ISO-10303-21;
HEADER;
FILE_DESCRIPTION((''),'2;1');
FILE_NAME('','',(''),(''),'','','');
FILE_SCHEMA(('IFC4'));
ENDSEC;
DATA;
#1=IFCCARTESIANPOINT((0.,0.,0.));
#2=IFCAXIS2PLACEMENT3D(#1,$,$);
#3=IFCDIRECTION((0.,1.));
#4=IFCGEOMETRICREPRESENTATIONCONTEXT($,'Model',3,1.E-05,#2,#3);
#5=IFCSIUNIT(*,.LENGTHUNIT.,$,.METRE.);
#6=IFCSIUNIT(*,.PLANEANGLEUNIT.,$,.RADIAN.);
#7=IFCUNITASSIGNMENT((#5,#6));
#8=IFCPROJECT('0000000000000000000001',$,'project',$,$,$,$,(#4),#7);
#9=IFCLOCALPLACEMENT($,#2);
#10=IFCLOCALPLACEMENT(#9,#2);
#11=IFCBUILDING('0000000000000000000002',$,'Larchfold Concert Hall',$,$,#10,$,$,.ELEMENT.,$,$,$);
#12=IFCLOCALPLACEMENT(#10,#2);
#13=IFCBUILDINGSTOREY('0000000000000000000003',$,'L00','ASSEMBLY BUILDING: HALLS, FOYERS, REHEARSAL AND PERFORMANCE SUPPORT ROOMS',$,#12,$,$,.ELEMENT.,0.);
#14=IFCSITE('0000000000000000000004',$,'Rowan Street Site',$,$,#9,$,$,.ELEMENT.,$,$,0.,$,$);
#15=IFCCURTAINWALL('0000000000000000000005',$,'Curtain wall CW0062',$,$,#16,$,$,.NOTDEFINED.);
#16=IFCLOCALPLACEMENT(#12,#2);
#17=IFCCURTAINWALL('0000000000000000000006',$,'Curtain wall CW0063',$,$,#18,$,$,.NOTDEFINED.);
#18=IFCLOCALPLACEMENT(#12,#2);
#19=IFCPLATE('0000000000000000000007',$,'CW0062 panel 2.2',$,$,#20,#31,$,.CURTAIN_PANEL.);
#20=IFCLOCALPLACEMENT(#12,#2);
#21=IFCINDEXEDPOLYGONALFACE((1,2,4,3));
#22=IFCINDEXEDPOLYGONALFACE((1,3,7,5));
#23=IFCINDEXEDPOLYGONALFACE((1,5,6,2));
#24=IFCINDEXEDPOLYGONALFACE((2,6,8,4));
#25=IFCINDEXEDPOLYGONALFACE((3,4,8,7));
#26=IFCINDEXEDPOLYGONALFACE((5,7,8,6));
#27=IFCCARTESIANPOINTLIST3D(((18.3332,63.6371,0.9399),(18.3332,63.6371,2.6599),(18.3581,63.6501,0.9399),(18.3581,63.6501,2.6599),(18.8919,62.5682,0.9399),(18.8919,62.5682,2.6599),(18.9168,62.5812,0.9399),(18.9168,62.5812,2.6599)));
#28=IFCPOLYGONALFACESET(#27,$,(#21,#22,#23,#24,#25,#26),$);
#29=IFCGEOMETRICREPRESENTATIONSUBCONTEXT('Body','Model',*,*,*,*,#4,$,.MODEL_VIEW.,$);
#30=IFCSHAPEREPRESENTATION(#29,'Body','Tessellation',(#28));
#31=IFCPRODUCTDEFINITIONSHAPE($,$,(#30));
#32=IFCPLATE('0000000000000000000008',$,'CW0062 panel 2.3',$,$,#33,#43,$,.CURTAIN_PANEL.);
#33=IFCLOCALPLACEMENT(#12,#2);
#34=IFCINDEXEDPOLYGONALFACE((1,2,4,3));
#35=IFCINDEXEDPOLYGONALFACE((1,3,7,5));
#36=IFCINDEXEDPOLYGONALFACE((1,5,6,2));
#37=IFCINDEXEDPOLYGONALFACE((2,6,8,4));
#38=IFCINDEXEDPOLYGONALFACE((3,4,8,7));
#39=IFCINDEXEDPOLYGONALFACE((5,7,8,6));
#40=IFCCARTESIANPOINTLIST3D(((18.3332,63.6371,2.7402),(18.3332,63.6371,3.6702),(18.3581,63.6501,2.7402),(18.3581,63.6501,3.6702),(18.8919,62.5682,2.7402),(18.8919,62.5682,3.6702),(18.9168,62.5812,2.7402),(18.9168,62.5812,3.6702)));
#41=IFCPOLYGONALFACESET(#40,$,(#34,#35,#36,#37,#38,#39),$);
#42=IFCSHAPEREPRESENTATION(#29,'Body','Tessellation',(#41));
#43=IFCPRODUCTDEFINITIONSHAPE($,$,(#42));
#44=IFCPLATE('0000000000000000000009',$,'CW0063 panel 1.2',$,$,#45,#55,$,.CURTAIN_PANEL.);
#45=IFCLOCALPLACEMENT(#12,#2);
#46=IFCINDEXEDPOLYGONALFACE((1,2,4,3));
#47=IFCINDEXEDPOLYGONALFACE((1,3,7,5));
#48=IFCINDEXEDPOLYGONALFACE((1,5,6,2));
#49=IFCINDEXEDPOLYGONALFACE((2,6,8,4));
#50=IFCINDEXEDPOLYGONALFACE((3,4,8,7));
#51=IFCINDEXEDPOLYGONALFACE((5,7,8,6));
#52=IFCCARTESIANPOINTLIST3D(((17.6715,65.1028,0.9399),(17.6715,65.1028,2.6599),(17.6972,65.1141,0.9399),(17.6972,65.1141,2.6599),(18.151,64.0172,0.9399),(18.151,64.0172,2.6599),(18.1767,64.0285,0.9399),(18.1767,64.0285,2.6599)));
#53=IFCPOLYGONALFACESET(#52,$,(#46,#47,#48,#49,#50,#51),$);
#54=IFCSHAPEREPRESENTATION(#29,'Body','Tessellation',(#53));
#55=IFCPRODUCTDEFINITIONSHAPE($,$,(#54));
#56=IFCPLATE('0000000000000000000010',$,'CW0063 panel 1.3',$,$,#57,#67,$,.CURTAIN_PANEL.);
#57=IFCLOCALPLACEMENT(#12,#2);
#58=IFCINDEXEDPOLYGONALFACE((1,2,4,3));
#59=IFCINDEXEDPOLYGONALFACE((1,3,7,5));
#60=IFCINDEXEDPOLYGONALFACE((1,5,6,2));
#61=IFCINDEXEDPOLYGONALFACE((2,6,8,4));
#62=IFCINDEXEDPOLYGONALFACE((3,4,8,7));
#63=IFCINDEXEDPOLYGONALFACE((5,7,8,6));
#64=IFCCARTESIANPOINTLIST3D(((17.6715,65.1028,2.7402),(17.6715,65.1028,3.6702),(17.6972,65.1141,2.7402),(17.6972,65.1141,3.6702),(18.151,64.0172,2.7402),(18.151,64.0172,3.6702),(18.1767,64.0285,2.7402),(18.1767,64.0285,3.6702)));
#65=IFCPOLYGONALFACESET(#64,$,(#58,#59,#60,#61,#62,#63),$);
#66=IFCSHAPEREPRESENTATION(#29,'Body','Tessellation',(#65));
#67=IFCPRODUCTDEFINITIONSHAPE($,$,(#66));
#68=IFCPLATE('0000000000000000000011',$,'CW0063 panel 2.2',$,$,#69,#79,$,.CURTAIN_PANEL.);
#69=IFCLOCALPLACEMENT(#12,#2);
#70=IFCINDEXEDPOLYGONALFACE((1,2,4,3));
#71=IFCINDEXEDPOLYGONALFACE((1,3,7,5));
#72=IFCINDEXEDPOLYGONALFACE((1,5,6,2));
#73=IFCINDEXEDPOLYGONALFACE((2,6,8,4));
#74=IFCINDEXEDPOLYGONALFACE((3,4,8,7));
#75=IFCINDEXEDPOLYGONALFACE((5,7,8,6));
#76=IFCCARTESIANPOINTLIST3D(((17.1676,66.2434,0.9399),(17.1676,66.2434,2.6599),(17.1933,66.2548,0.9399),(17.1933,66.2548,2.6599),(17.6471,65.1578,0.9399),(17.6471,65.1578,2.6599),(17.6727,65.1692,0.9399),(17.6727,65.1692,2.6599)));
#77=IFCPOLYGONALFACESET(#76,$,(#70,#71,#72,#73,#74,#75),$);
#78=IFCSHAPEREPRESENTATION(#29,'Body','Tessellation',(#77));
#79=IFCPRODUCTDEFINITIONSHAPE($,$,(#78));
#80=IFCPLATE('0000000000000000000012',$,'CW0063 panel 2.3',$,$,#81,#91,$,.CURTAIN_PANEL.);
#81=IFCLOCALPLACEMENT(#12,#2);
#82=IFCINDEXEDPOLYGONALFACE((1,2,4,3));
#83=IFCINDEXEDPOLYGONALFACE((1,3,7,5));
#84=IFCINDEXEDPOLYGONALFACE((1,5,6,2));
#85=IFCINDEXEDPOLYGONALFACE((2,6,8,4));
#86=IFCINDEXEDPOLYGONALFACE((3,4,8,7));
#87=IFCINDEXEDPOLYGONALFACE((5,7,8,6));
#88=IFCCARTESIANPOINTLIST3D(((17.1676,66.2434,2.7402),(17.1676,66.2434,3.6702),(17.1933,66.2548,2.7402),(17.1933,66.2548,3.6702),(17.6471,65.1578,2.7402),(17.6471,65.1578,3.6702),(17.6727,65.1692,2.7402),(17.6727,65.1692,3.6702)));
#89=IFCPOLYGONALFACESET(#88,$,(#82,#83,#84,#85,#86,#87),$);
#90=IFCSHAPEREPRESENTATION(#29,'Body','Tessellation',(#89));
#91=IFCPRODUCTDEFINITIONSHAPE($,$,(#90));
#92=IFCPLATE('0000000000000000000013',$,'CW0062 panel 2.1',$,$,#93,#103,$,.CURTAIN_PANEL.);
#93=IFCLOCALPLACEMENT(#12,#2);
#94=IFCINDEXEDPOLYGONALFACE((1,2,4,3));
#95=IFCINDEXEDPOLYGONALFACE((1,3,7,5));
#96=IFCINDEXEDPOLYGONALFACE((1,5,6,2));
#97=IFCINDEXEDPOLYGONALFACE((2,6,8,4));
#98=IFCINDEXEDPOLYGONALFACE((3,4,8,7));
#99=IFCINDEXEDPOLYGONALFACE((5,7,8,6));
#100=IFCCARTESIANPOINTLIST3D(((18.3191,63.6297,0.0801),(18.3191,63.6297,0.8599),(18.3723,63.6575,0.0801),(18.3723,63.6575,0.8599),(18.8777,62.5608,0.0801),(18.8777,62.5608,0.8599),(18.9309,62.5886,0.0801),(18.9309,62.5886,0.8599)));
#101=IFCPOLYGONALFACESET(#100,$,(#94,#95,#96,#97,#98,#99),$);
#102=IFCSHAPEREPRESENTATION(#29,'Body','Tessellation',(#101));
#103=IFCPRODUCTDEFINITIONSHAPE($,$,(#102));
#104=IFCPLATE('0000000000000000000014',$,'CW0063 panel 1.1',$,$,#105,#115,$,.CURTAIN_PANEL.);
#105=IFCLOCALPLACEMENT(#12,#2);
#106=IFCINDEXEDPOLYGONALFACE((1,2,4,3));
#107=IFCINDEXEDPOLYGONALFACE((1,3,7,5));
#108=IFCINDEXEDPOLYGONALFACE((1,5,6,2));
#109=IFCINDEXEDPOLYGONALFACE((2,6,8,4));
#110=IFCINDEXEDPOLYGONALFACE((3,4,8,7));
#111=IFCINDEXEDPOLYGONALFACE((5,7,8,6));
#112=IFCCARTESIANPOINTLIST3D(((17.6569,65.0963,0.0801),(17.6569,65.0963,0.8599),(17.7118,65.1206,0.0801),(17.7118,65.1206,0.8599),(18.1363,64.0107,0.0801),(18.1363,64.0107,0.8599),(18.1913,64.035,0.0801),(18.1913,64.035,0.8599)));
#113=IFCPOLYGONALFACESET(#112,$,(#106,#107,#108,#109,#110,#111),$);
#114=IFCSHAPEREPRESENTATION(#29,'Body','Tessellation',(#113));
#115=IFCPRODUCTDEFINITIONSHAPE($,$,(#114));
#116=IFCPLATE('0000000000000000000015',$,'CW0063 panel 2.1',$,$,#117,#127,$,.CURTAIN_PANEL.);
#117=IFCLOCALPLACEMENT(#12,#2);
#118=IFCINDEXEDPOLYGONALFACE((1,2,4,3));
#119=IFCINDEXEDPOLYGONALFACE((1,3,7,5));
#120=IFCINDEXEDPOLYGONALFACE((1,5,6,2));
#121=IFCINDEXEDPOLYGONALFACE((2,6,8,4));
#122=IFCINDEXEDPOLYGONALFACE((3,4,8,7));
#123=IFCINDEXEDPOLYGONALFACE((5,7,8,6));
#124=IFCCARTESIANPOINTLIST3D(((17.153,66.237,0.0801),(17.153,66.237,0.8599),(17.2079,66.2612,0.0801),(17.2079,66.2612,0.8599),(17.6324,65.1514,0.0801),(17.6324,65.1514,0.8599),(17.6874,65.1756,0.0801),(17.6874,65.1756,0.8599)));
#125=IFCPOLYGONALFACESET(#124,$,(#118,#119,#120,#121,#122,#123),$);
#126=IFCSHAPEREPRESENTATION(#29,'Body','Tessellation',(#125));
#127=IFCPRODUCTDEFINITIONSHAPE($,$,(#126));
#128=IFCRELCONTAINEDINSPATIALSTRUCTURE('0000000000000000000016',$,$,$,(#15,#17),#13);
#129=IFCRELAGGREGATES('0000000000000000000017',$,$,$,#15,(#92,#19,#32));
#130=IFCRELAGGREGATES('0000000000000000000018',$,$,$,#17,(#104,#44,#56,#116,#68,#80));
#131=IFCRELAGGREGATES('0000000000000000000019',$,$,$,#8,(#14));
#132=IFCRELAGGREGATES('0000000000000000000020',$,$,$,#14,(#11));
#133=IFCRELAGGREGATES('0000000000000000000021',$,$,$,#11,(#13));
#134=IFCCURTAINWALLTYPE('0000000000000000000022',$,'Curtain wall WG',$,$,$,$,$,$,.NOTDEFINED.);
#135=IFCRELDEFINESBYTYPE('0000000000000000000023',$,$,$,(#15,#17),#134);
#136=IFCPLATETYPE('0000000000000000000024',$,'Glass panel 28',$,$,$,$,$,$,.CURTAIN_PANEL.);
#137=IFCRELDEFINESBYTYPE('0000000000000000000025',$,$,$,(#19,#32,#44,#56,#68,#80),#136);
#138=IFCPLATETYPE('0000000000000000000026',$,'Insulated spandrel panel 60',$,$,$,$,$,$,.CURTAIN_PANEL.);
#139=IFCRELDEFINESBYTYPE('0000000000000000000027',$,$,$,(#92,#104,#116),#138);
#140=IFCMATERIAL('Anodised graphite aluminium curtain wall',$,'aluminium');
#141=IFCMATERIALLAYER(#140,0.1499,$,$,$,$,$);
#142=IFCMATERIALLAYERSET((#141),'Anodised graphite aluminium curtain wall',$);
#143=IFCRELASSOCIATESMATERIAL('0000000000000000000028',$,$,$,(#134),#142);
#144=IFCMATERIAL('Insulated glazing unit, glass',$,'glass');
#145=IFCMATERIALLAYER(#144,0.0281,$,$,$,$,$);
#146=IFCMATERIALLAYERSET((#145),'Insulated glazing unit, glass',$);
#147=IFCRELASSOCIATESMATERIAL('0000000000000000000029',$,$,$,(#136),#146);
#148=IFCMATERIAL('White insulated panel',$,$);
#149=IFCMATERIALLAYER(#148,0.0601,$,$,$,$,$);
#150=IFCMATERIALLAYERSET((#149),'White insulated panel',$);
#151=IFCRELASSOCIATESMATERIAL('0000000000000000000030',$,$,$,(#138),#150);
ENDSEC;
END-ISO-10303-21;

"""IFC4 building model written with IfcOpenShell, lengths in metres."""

from ifc_helpers import new_model, si_unit, direction, frame, origin, origin_2d, place, context, subcontext, project, spatial, rectangle, extrude, material, layer, layer_set, type_object, element, aggregate, save


model = new_model("IFC4")

# Units and contexts
model_context = context("Model", 3, precision=1e-05, world=origin(), true_north=direction((0.0, 1.0)))
body_context = subcontext(model_context, "Body", "Model", "MODEL_VIEW")
ifc_project = project(units=[si_unit("LENGTHUNIT", "METRE"), si_unit("PLANEANGLEUNIT", "RADIAN")], contexts=[model_context])

# Site, building, storey
site_placement = place(None, origin())
site = spatial("IfcSite", under=ifc_project, at=site_placement, Name="Rowan Street Site", CompositionType="ELEMENT", RefElevation=0.0)
building_placement = place(site_placement, origin())
building = spatial("IfcBuilding", under=site, at=building_placement, Name="Larchfold Concert Hall", CompositionType="ELEMENT")
storey_placement = place(building_placement, origin())
storey = spatial("IfcBuildingStorey", under=building, at=storey_placement, Name="L00", Description="ASSEMBLY BUILDING: HALLS, FOYERS, REHEARSAL AND PERFORMANCE SUPPORT ROOMS", CompositionType="ELEMENT", Elevation=0.0)

# Curtain wall
ifc_material_1 = material(Name="Anodised graphite aluminium curtain wall", Category="aluminium")
ifc_layer_1 = layer(ifc_material_1, 0.1499)
ifc_layer_set_1 = layer_set([ifc_layer_1], Name="Anodised graphite aluminium curtain wall")
curtain_wall_type = type_object("IfcCurtainWallType", Name="Curtain wall WG", PredefinedType="NOTDEFINED", material=ifc_layer_set_1)
curtain_wall_1_placement = place(storey_placement, origin())
curtain_wall_1 = element("IfcCurtainWall", 1, at=curtain_wall_1_placement, inside=storey, type_object=curtain_wall_type, Name="Curtain wall CW0062", PredefinedType="NOTDEFINED")

# Curtain wall
curtain_wall_2_placement = place(storey_placement, origin())
curtain_wall_2 = element("IfcCurtainWall", 2, at=curtain_wall_2_placement, inside=storey, type_object=curtain_wall_type, Name="Curtain wall CW0063", PredefinedType="NOTDEFINED")

# Plates
ifc_material_2 = material(Name="Insulated glazing unit, glass", Category="glass")
ifc_layer_2 = layer(ifc_material_2, 0.0281)
ifc_layer_set_2 = layer_set([ifc_layer_2], Name="Insulated glazing unit, glass")
plate_type_1 = type_object("IfcPlateType", Name="Glass panel 28", PredefinedType="CURTAIN_PANEL", material=ifc_layer_set_2)
plate_1_placement = place(storey_placement, frame((18.625, 63.1091, 0.9399), z_axis=(0.0, 0.0, 1.0), x_axis=(-0.46319, 0.886259, 0.0)))
plate_1 = element("IfcPlate", 3, at=plate_1_placement, type_object=plate_type_1, Name="CW0062 panel 2.2", PredefinedType="CURTAIN_PANEL", context=body_context, shape_type="SweptSolid", body=[
    extrude(rectangle(XDim=1.2061, YDim=0.0281, at=origin_2d()), origin(), (0.0, 0.0, 1.0), 1.72),
])
plate_2_placement = place(storey_placement, frame((18.625, 63.1091, 2.7402), z_axis=(0.0, 0.0, 1.0), x_axis=(-0.46319, 0.886259, 0.0)))
plate_2 = element("IfcPlate", 4, at=plate_2_placement, type_object=plate_type_1, Name="CW0062 panel 2.3", PredefinedType="CURTAIN_PANEL", context=body_context, shape_type="SweptSolid", body=[
    extrude(rectangle(XDim=1.2061, YDim=0.0281, at=origin_2d()), origin(), (0.0, 0.0, 1.0), 0.9299),
])
plate_3_placement = place(storey_placement, frame((17.9241, 64.5657, 0.9399), z_axis=(0.0, 0.0, 1.0), x_axis=(-0.404026, 0.914747, 0.0)))
plate_3 = element("IfcPlate", 5, at=plate_3_placement, type_object=plate_type_1, Name="CW0063 panel 1.2", PredefinedType="CURTAIN_PANEL", context=body_context, shape_type="SweptSolid", body=[
    extrude(rectangle(XDim=1.1868, YDim=0.0281, at=origin_2d()), origin(), (0.0, 0.0, 1.0), 1.72),
])
plate_4_placement = place(storey_placement, frame((17.9241, 64.5657, 2.7402), z_axis=(0.0, 0.0, 1.0), x_axis=(-0.404026, 0.914747, 0.0)))
plate_4 = element("IfcPlate", 6, at=plate_4_placement, type_object=plate_type_1, Name="CW0063 panel 1.3", PredefinedType="CURTAIN_PANEL", context=body_context, shape_type="SweptSolid", body=[
    extrude(rectangle(XDim=1.1868, YDim=0.0281, at=origin_2d()), origin(), (0.0, 0.0, 1.0), 0.9299),
])
plate_5_placement = place(storey_placement, frame((17.4202, 65.7063, 0.9399), z_axis=(0.0, 0.0, 1.0), x_axis=(-0.404026, 0.914747, 0.0)))
plate_5 = element("IfcPlate", 7, at=plate_5_placement, type_object=plate_type_1, Name="CW0063 panel 2.2", PredefinedType="CURTAIN_PANEL", context=body_context, shape_type="SweptSolid", body=[
    extrude(rectangle(XDim=1.1868, YDim=0.0281, at=origin_2d()), origin(), (0.0, 0.0, 1.0), 1.72),
])
plate_6_placement = place(storey_placement, frame((17.4202, 65.7063, 2.7402), z_axis=(0.0, 0.0, 1.0), x_axis=(-0.404026, 0.914747, 0.0)))
plate_6 = element("IfcPlate", 8, at=plate_6_placement, type_object=plate_type_1, Name="CW0063 panel 2.3", PredefinedType="CURTAIN_PANEL", context=body_context, shape_type="SweptSolid", body=[
    extrude(rectangle(XDim=1.1868, YDim=0.0281, at=origin_2d()), origin(), (0.0, 0.0, 1.0), 0.9299),
])
ifc_material_3 = material(Name="White insulated panel")
ifc_layer_3 = layer(ifc_material_3, 0.0601)
ifc_layer_set_3 = layer_set([ifc_layer_3], Name="White insulated panel")
plate_type_2 = type_object("IfcPlateType", Name="Insulated spandrel panel 60", PredefinedType="CURTAIN_PANEL", material=ifc_layer_set_3)
plate_7_placement = place(storey_placement, frame((18.625, 63.1091, 0.0801), z_axis=(0.0, 0.0, 1.0), x_axis=(-0.46319, 0.886259, 0.0)))
plate_7 = element("IfcPlate", 9, at=plate_7_placement, type_object=plate_type_2, Name="CW0062 panel 2.1", PredefinedType="CURTAIN_PANEL", context=body_context, shape_type="SweptSolid", body=[
    extrude(rectangle(XDim=1.2061, YDim=0.0601, at=origin_2d()), origin(), (0.0, 0.0, 1.0), 0.7798),
])
aggregate(curtain_wall_1, [plate_7, plate_1, plate_2])
plate_8_placement = place(storey_placement, frame((17.9241, 64.5657, 0.0801), z_axis=(0.0, 0.0, 1.0), x_axis=(-0.404026, 0.914747, 0.0)))
plate_8 = element("IfcPlate", 10, at=plate_8_placement, type_object=plate_type_2, Name="CW0063 panel 1.1", PredefinedType="CURTAIN_PANEL", context=body_context, shape_type="SweptSolid", body=[
    extrude(rectangle(XDim=1.1868, YDim=0.0601, at=origin_2d()), origin(), (0.0, 0.0, 1.0), 0.7798),
])
plate_9_placement = place(storey_placement, frame((17.4202, 65.7063, 0.0801), z_axis=(0.0, 0.0, 1.0), x_axis=(-0.404026, 0.914747, 0.0)))
plate_9 = element("IfcPlate", 11, at=plate_9_placement, type_object=plate_type_2, Name="CW0063 panel 2.1", PredefinedType="CURTAIN_PANEL", context=body_context, shape_type="SweptSolid", body=[
    extrude(rectangle(XDim=1.1868, YDim=0.0601, at=origin_2d()), origin(), (0.0, 0.0, 1.0), 0.7798),
])
aggregate(curtain_wall_2, [plate_8, plate_3, plate_4, plate_9, plate_5, plate_6])

save(model, "model.ifc")
